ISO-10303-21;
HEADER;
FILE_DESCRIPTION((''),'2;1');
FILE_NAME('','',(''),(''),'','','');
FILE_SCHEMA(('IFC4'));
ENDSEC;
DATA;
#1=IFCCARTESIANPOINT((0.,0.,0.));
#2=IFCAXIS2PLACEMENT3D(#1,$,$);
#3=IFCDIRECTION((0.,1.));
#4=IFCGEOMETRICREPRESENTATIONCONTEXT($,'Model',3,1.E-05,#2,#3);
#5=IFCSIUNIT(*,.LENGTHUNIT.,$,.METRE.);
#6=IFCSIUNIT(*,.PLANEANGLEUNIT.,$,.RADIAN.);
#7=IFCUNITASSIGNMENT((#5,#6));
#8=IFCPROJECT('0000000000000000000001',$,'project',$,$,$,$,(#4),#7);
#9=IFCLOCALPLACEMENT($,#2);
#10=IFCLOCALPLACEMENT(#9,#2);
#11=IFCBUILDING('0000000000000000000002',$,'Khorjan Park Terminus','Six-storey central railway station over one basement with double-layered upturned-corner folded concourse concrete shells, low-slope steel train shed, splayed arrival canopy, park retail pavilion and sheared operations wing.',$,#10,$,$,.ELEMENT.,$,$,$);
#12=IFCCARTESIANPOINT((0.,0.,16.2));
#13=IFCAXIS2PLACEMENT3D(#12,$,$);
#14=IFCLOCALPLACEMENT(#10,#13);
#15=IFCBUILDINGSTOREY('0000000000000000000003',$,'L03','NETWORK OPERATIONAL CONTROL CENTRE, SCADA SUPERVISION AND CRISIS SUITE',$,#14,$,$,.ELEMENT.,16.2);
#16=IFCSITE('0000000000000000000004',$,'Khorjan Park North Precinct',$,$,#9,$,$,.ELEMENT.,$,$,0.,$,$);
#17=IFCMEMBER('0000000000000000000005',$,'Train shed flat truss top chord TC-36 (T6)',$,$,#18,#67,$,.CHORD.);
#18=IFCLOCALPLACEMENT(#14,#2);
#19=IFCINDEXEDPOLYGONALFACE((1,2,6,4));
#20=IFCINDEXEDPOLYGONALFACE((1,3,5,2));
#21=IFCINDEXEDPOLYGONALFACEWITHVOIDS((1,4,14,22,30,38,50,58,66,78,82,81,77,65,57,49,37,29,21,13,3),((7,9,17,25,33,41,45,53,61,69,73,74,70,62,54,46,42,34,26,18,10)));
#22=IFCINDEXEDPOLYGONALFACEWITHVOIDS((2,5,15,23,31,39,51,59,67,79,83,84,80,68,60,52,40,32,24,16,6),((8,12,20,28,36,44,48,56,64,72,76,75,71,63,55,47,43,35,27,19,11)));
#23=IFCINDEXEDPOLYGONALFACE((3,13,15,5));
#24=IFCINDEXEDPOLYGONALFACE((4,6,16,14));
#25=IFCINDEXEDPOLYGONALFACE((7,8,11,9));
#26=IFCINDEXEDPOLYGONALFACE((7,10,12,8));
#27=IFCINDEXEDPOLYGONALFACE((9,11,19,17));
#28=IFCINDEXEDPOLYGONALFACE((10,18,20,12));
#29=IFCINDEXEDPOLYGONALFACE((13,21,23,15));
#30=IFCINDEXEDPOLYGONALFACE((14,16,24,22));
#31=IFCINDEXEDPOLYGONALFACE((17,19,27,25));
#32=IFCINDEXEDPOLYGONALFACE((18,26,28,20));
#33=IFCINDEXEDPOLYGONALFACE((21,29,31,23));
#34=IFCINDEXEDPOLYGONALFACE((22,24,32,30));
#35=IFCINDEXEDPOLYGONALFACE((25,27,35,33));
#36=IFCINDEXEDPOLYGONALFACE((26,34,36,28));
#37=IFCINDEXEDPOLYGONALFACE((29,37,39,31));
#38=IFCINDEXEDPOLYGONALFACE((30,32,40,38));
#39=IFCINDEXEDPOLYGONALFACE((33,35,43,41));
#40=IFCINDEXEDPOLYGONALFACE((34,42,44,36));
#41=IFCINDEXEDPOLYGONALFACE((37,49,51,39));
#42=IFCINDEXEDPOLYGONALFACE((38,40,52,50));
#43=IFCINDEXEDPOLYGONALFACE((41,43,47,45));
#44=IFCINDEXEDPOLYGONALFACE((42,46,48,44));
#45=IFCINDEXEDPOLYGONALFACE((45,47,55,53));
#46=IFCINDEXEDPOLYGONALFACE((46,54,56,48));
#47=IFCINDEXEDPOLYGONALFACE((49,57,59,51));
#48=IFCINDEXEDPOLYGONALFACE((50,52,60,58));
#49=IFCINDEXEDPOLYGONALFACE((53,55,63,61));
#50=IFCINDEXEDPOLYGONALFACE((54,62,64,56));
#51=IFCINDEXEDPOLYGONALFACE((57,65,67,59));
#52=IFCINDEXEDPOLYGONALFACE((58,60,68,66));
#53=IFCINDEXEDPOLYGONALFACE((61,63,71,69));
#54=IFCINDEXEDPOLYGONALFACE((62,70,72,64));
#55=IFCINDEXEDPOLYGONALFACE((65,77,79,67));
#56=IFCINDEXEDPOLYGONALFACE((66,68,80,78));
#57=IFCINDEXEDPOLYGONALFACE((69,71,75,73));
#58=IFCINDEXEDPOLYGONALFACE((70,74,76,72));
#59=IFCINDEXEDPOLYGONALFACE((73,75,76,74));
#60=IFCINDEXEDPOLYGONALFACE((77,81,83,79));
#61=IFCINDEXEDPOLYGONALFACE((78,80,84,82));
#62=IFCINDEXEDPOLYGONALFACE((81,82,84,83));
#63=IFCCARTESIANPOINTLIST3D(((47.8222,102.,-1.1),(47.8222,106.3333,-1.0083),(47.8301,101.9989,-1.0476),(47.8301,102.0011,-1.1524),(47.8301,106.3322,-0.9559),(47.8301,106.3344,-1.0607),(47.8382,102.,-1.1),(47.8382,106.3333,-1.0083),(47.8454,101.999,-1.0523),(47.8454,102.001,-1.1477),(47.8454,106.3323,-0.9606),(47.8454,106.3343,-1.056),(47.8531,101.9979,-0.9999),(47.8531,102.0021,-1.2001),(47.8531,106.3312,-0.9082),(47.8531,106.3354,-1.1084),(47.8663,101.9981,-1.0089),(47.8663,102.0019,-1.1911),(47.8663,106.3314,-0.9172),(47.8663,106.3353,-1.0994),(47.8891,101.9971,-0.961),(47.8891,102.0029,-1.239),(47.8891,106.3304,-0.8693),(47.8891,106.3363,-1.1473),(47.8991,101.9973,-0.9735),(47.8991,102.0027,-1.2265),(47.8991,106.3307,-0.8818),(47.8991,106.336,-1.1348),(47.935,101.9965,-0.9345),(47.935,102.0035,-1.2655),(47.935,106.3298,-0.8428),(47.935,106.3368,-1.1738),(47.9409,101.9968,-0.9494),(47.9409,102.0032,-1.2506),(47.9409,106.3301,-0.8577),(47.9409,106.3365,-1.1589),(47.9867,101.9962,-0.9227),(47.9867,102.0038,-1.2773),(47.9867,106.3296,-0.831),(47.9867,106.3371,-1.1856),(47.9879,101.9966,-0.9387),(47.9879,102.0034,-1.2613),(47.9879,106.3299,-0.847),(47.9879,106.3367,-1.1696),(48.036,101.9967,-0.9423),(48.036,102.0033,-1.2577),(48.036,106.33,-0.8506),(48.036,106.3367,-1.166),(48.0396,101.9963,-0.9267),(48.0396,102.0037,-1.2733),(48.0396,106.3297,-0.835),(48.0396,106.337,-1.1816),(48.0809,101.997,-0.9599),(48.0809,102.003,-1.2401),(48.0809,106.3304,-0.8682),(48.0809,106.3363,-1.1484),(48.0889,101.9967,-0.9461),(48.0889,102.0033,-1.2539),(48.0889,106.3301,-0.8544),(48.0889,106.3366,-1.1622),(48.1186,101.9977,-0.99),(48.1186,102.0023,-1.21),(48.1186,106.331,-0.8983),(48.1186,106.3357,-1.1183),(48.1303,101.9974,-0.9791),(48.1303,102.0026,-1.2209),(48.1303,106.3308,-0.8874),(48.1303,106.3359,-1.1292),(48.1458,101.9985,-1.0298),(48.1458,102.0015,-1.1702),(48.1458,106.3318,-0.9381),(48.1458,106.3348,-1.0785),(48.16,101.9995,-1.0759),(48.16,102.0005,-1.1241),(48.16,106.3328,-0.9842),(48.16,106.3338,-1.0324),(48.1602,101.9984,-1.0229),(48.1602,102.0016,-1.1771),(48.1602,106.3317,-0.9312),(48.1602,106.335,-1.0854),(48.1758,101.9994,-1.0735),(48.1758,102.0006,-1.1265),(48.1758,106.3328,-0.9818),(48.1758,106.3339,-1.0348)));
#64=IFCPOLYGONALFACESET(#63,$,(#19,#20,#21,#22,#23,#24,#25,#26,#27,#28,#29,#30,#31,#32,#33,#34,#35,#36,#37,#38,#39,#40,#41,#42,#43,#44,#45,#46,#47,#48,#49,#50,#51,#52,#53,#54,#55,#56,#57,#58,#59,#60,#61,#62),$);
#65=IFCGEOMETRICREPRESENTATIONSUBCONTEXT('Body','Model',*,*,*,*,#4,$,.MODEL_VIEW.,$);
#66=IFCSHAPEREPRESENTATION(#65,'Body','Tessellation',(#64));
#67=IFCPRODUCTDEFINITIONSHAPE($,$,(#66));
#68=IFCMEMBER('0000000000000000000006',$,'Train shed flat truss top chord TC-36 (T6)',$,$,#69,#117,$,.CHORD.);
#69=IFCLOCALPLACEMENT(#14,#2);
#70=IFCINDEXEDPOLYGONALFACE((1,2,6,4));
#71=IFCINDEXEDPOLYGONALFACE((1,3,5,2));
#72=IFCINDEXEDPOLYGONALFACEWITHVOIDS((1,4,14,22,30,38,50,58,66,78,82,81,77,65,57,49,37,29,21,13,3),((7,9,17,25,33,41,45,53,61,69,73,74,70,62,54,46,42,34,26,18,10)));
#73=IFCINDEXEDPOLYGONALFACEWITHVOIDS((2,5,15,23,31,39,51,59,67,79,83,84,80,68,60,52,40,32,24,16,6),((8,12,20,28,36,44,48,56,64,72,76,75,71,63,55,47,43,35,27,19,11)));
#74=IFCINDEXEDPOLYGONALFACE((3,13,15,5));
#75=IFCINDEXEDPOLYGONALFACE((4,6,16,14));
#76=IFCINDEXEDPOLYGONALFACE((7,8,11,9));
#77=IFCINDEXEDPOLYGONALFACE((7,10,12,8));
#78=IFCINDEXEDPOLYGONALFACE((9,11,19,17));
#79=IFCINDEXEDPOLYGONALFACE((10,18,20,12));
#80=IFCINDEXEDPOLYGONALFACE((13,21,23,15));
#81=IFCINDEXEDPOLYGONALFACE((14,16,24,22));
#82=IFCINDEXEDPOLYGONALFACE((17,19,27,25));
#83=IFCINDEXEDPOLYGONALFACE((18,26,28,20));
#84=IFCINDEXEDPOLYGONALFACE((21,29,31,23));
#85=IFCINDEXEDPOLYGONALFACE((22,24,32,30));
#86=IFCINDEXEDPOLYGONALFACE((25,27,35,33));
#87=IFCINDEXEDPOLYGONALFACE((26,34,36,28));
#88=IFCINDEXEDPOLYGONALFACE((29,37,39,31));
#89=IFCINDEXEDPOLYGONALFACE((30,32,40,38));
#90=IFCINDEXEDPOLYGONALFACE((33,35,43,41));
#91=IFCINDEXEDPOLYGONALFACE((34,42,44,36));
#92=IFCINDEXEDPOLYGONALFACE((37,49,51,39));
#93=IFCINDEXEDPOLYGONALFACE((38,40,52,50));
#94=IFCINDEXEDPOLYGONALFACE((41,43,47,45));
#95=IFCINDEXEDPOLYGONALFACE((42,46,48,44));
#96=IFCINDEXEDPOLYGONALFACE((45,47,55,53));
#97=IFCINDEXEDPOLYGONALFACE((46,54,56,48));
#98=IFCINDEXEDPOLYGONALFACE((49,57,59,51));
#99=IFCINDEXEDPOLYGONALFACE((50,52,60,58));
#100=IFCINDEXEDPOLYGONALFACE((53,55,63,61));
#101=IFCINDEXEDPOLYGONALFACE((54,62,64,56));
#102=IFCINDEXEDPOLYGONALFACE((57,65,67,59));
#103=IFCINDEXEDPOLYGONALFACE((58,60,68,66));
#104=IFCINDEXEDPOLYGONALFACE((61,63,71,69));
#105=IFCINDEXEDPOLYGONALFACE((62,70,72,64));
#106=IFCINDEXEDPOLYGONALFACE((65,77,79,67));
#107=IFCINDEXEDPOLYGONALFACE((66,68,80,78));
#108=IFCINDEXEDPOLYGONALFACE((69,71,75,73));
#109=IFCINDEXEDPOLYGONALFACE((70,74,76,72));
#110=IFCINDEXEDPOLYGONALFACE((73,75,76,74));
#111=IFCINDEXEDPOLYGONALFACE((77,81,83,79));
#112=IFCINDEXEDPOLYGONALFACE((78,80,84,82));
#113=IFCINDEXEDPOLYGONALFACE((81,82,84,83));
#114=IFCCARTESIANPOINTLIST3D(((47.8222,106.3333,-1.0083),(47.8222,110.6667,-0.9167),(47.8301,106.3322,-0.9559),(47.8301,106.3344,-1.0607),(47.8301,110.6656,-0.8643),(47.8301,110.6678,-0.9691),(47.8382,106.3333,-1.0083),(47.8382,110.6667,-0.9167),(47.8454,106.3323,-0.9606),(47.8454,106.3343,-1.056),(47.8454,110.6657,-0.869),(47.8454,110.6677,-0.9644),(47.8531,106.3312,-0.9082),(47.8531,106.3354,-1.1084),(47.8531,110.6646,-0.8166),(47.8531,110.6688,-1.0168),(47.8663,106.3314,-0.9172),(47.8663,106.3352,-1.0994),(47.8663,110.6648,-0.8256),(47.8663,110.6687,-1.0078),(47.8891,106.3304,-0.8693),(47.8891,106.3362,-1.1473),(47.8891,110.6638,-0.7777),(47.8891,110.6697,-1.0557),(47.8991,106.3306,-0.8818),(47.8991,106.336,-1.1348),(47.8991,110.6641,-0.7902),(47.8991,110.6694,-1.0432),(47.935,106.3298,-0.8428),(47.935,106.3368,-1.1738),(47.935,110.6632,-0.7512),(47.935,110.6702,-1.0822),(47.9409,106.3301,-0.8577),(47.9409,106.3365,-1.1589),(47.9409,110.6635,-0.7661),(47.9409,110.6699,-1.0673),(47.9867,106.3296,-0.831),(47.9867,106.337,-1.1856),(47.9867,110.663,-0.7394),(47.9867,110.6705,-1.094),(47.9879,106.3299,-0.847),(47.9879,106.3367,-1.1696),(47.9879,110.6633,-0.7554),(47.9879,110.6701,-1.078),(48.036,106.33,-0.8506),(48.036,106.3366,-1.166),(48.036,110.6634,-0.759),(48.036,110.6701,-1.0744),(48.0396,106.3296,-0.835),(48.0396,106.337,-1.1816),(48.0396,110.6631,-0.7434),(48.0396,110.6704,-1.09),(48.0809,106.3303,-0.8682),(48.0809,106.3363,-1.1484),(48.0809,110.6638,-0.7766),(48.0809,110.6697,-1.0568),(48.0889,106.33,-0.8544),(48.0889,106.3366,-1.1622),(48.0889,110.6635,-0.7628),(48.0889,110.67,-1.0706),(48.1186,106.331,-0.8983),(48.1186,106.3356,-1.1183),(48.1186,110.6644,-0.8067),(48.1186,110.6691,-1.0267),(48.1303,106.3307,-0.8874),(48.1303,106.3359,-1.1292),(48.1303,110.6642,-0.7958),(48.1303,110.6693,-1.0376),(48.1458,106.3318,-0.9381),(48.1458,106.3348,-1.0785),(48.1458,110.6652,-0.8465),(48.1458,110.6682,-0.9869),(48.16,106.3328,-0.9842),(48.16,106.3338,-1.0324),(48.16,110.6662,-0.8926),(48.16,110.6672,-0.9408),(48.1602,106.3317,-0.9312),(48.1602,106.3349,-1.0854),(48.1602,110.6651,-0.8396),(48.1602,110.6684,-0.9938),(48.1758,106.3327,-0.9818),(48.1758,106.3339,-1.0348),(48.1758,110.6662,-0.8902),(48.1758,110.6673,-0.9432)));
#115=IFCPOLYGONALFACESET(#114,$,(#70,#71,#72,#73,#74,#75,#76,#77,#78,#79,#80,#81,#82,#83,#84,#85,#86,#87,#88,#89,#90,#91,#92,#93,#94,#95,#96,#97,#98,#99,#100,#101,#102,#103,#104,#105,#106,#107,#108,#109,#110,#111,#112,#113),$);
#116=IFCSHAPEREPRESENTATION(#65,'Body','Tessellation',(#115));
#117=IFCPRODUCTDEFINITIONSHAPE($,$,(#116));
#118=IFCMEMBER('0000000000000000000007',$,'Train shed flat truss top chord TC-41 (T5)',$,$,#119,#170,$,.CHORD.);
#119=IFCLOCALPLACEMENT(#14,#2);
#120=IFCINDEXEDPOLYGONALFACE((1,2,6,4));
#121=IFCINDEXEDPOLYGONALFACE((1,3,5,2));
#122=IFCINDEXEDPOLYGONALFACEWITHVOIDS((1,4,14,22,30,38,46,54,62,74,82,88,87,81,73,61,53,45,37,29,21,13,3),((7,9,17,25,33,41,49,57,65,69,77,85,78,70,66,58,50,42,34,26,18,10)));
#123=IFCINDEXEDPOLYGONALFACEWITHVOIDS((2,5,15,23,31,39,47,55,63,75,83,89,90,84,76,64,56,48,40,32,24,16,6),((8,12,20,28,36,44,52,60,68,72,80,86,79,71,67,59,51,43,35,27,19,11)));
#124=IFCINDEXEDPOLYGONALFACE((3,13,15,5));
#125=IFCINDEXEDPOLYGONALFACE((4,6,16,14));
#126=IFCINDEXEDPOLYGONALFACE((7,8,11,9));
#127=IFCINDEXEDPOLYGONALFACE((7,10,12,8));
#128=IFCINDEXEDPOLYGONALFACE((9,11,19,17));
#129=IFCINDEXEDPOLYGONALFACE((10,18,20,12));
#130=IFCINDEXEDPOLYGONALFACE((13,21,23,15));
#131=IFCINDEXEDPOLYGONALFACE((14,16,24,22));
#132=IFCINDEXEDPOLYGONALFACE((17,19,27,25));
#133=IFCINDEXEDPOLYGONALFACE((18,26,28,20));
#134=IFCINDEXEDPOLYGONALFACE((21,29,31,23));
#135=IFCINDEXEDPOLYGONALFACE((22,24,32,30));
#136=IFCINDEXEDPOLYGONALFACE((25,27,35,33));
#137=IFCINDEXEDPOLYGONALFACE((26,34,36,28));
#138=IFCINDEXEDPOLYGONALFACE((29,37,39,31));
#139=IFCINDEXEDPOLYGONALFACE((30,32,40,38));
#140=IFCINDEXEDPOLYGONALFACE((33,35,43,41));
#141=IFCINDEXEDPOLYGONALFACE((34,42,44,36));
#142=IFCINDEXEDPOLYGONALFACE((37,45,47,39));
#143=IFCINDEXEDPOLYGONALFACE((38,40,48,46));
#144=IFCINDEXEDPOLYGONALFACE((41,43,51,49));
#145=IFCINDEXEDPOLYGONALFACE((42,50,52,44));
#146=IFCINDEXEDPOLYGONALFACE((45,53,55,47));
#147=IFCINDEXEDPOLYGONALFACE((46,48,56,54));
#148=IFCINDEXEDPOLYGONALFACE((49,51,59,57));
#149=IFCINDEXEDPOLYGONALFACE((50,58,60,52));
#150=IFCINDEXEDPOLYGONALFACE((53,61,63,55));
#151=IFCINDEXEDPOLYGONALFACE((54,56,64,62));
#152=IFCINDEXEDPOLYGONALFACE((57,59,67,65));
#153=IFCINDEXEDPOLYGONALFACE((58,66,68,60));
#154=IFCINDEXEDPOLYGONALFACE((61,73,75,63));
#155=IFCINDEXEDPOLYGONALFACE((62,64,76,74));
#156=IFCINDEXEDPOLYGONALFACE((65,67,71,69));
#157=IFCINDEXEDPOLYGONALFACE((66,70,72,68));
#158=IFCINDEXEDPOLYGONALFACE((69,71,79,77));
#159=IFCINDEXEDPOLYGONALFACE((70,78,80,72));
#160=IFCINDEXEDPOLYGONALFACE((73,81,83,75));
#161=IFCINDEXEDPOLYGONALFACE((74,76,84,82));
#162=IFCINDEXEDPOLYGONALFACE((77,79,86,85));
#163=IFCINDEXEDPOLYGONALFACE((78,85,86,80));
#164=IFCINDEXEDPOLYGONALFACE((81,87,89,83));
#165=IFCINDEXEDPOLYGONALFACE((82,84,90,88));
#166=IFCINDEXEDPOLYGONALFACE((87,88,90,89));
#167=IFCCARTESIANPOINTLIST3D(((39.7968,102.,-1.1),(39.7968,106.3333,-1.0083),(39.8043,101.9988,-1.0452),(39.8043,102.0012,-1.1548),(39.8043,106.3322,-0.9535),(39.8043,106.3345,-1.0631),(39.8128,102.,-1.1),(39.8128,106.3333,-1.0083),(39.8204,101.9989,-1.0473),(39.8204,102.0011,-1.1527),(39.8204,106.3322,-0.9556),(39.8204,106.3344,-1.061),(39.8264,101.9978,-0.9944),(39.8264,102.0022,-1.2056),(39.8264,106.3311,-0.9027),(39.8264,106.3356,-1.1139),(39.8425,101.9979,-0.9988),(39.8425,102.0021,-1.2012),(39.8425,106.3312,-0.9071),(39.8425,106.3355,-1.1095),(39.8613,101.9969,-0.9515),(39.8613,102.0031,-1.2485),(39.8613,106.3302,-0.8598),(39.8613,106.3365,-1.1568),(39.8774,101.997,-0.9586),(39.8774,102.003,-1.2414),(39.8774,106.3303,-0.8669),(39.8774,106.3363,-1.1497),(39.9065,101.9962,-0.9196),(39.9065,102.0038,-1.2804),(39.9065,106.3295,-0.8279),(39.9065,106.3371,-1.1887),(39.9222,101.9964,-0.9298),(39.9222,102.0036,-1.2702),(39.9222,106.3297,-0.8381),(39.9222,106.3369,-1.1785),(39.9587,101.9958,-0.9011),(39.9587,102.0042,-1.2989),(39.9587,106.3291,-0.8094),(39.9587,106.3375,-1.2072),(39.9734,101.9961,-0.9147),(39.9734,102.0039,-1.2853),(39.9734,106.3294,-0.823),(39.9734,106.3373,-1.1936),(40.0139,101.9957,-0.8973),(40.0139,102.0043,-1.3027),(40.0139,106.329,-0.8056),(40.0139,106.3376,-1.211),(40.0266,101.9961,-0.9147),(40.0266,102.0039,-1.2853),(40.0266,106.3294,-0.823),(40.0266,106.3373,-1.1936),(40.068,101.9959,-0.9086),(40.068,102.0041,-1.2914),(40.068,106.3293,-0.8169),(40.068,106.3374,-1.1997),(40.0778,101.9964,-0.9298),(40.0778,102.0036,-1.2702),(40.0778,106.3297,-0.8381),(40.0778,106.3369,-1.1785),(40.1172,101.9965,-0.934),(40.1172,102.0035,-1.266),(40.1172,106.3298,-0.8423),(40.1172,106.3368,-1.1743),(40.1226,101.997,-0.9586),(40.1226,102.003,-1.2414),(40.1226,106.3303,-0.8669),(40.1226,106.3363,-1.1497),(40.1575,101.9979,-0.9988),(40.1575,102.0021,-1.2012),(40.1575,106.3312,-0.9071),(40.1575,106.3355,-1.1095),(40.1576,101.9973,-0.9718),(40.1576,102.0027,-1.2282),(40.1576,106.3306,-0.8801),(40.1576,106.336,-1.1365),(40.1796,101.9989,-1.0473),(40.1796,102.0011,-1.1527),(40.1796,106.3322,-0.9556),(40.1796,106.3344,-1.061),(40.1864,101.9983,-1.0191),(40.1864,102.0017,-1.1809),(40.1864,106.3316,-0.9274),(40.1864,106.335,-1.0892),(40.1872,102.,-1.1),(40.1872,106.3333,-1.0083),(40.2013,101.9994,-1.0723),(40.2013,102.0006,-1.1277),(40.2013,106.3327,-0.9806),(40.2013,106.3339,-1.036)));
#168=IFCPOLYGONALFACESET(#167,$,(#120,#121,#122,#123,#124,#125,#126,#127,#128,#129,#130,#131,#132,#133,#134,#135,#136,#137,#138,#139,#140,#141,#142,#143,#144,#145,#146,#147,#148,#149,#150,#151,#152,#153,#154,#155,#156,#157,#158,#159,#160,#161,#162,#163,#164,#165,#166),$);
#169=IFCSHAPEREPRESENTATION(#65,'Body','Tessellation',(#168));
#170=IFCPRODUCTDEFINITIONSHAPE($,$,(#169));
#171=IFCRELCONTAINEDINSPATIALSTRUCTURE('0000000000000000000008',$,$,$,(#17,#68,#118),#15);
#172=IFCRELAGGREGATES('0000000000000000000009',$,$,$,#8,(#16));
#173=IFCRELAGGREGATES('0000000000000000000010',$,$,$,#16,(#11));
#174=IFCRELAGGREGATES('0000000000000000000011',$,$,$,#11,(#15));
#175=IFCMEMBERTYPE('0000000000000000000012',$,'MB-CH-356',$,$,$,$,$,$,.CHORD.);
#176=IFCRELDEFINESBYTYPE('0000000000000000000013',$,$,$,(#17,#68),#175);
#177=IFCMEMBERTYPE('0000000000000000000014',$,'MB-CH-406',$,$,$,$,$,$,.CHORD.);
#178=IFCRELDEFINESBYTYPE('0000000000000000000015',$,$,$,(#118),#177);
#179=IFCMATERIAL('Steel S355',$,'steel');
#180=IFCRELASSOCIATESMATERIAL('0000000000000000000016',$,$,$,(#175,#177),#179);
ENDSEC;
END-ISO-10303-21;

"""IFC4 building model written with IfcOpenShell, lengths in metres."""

from ifc_helpers import new_model, si_unit, direction, frame, origin, origin_2d, place, context, subcontext, project, spatial, hollow_circle, extrude, material, material_profile, profile_set, type_object, element, save


model = new_model("IFC4")

# Units and contexts
model_context = context("Model", 3, precision=1e-05, world=origin(), true_north=direction((0.0, 1.0)))
body_context = subcontext(model_context, "Body", "Model", "MODEL_VIEW")
ifc_project = project(units=[si_unit("LENGTHUNIT", "METRE"), si_unit("PLANEANGLEUNIT", "RADIAN")], contexts=[model_context])

# Site, building, storey
site_placement = place(None, origin())
site = spatial("IfcSite", under=ifc_project, at=site_placement, Name="Khorjan Park North Precinct", CompositionType="ELEMENT", RefElevation=0.0)
building_placement = place(site_placement, origin())
building = spatial("IfcBuilding", under=site, at=building_placement, Name="Khorjan Park Terminus", Description="Six-storey central railway station over one basement with double-layered upturned-corner folded concourse concrete shells, low-slope steel train shed, splayed arrival canopy, park retail pavilion and sheared operations wing.", CompositionType="ELEMENT")
storey_placement = place(building_placement, frame((0.0, 0.0, 16.2)))
storey = spatial("IfcBuildingStorey", under=building, at=storey_placement, Name="L03", Description="NETWORK OPERATIONAL CONTROL CENTRE, SCADA SUPERVISION AND CRISIS SUITE", CompositionType="ELEMENT", Elevation=16.2)

# Members
ifc_material_1 = material(Name="Steel S355", Category="steel")
ifc_material_profile_1 = material_profile(ifc_material_1, hollow_circle(Radius=0.1778, WallThickness=0.016, at=origin_2d()), Name="CHS 355.6x16")
ifc_profile_set_1 = profile_set([ifc_material_profile_1], Name="Steel S355")
member_type_1 = type_object("IfcMemberType", Name="MB-CH-356", PredefinedType="CHORD", material=ifc_profile_set_1)
member_1_placement = place(storey_placement, frame((48.0, 102.0, -1.1), z_axis=(0.0, 0.999776, 0.021157), x_axis=(-1.0, 0.0, 0.0)))
element("IfcMember", 1, at=member_1_placement, inside=storey, type_object=member_type_1, Name="Train shed flat truss top chord TC-36 (T6)", PredefinedType="CHORD", context=body_context, shape_type="SweptSolid", body=[
    extrude(hollow_circle(Radius=0.1778, WallThickness=0.016, at=origin_2d()), origin(), (0.0, 0.0, 1.0), 4.3343),
])
member_2_placement = place(storey_placement, frame((48.0, 106.3333, -1.0083), z_axis=(0.0, 0.999777, 0.021133), x_axis=(-1.0, 0.0, 0.0)))
element("IfcMember", 2, at=member_2_placement, inside=storey, type_object=member_type_1, Name="Train shed flat truss top chord TC-36 (T6)", PredefinedType="CHORD", context=body_context, shape_type="SweptSolid", body=[
    extrude(hollow_circle(Radius=0.1778, WallThickness=0.016, at=origin_2d()), origin(), (0.0, 0.0, 1.0), 4.3344),
])
ifc_material_profile_2 = material_profile(ifc_material_1, hollow_circle(Radius=0.2032, WallThickness=0.016, at=origin_2d()), Name="CHS 406.4x16")
ifc_profile_set_2 = profile_set([ifc_material_profile_2], Name="Steel S355")
member_type_2 = type_object("IfcMemberType", Name="MB-CH-406", PredefinedType="CHORD", material=ifc_profile_set_2)
member_3_placement = place(storey_placement, frame((40.0, 102.0, -1.1), z_axis=(0.0, 0.999776, 0.021157), x_axis=(-1.0, 0.0, 0.0)))
element("IfcMember", 3, at=member_3_placement, inside=storey, type_object=member_type_2, Name="Train shed flat truss top chord TC-41 (T5)", PredefinedType="CHORD", context=body_context, shape_type="SweptSolid", body=[
    extrude(hollow_circle(Radius=0.2032, WallThickness=0.016, at=origin_2d()), origin(), (0.0, 0.0, 1.0), 4.3343),
])

save(model, "model.ifc")
